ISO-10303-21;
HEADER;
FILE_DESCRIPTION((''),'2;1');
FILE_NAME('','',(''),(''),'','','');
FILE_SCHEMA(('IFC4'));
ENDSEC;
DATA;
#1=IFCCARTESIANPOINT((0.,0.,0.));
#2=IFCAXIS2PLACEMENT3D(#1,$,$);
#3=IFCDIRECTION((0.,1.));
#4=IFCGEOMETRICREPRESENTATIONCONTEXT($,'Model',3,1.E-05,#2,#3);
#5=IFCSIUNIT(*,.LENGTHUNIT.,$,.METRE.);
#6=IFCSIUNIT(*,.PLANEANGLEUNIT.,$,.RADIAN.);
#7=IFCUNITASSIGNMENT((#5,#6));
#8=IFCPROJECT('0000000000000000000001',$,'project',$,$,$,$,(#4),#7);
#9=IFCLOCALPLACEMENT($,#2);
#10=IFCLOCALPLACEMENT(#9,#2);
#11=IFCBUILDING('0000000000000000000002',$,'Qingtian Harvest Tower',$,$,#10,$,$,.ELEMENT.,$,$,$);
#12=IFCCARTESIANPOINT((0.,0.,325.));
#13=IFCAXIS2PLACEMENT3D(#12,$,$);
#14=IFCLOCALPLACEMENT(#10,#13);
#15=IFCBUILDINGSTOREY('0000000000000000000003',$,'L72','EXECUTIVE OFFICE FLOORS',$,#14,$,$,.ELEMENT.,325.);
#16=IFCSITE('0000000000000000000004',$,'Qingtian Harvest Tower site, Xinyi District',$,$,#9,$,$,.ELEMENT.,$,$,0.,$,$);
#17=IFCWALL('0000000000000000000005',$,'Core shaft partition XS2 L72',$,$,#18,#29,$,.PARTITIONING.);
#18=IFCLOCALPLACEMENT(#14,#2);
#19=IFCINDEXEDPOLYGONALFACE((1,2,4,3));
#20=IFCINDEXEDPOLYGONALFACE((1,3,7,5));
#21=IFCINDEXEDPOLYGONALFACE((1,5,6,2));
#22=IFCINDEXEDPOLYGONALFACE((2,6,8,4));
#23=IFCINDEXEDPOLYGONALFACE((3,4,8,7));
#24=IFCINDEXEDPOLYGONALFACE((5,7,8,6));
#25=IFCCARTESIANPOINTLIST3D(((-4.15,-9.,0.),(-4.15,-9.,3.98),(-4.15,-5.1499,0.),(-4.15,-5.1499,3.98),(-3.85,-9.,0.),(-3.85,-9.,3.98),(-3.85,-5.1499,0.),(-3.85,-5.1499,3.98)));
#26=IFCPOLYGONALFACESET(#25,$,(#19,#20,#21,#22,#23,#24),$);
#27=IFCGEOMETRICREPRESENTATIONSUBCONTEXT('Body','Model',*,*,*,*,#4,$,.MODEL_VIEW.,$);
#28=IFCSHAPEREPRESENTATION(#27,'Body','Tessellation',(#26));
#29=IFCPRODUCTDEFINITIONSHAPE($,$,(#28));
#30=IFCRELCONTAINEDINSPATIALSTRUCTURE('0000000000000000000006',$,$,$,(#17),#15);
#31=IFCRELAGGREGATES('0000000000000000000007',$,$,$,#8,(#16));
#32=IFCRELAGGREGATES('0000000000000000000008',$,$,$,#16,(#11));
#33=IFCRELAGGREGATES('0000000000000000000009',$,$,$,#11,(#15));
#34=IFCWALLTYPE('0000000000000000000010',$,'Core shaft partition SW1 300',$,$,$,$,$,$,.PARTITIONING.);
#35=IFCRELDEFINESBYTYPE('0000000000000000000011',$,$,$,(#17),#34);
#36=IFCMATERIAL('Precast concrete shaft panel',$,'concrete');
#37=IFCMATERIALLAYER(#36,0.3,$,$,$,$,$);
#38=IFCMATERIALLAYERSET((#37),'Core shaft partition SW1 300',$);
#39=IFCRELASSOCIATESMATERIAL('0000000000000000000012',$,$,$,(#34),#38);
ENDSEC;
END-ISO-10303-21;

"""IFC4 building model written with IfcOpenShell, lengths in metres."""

from ifc_helpers import new_model, si_unit, direction, frame, frame_2d, origin, place, context, subcontext, project, spatial, rectangle, extrude, material, layer, layer_set, type_object, element, save


model = new_model("IFC4")

# Units and contexts
model_context = context("Model", 3, precision=1e-05, world=origin(), true_north=direction((0.0, 1.0)))
body_context = subcontext(model_context, "Body", "Model", "MODEL_VIEW")
ifc_project = project(units=[si_unit("LENGTHUNIT", "METRE"), si_unit("PLANEANGLEUNIT", "RADIAN")], contexts=[model_context])

# Site, building, storey
site_placement = place(None, origin())
site = spatial("IfcSite", under=ifc_project, at=site_placement, Name="Qingtian Harvest Tower site, Xinyi District", CompositionType="ELEMENT", RefElevation=0.0)
building_placement = place(site_placement, origin())
building = spatial("IfcBuilding", under=site, at=building_placement, Name="Qingtian Harvest Tower", CompositionType="ELEMENT")
storey_placement = place(building_placement, frame((0.0, 0.0, 325.0)))
storey = spatial("IfcBuildingStorey", under=building, at=storey_placement, Name="L72", Description="EXECUTIVE OFFICE FLOORS", CompositionType="ELEMENT", Elevation=325.0)

# Wall
ifc_material_1 = material(Name="Precast concrete shaft panel", Category="concrete")
ifc_layer_1 = layer(ifc_material_1, 0.3)
ifc_layer_set_1 = layer_set([ifc_layer_1], Name="Core shaft partition SW1 300")
wall_type_1 = type_object("IfcWallType", Name="Core shaft partition SW1 300", PredefinedType="PARTITIONING", material=ifc_layer_set_1)
wall_1_placement = place(storey_placement, frame((-4.0, -9.0, 0.0), z_axis=(0.0, 0.0, 1.0), x_axis=(0.0, 1.0, 0.0)))
element("IfcWall", 1, at=wall_1_placement, inside=storey, type_object=wall_type_1, Name="Core shaft partition XS2 L72", PredefinedType="PARTITIONING", context=body_context, shape_type="SweptSolid", body=[
    extrude(rectangle(XDim=3.8501, YDim=0.3, at=frame_2d((1.925, 0.0))), origin(), (0.0, 0.0, 1.0), 3.98),
])

save(model, "model.ifc")
